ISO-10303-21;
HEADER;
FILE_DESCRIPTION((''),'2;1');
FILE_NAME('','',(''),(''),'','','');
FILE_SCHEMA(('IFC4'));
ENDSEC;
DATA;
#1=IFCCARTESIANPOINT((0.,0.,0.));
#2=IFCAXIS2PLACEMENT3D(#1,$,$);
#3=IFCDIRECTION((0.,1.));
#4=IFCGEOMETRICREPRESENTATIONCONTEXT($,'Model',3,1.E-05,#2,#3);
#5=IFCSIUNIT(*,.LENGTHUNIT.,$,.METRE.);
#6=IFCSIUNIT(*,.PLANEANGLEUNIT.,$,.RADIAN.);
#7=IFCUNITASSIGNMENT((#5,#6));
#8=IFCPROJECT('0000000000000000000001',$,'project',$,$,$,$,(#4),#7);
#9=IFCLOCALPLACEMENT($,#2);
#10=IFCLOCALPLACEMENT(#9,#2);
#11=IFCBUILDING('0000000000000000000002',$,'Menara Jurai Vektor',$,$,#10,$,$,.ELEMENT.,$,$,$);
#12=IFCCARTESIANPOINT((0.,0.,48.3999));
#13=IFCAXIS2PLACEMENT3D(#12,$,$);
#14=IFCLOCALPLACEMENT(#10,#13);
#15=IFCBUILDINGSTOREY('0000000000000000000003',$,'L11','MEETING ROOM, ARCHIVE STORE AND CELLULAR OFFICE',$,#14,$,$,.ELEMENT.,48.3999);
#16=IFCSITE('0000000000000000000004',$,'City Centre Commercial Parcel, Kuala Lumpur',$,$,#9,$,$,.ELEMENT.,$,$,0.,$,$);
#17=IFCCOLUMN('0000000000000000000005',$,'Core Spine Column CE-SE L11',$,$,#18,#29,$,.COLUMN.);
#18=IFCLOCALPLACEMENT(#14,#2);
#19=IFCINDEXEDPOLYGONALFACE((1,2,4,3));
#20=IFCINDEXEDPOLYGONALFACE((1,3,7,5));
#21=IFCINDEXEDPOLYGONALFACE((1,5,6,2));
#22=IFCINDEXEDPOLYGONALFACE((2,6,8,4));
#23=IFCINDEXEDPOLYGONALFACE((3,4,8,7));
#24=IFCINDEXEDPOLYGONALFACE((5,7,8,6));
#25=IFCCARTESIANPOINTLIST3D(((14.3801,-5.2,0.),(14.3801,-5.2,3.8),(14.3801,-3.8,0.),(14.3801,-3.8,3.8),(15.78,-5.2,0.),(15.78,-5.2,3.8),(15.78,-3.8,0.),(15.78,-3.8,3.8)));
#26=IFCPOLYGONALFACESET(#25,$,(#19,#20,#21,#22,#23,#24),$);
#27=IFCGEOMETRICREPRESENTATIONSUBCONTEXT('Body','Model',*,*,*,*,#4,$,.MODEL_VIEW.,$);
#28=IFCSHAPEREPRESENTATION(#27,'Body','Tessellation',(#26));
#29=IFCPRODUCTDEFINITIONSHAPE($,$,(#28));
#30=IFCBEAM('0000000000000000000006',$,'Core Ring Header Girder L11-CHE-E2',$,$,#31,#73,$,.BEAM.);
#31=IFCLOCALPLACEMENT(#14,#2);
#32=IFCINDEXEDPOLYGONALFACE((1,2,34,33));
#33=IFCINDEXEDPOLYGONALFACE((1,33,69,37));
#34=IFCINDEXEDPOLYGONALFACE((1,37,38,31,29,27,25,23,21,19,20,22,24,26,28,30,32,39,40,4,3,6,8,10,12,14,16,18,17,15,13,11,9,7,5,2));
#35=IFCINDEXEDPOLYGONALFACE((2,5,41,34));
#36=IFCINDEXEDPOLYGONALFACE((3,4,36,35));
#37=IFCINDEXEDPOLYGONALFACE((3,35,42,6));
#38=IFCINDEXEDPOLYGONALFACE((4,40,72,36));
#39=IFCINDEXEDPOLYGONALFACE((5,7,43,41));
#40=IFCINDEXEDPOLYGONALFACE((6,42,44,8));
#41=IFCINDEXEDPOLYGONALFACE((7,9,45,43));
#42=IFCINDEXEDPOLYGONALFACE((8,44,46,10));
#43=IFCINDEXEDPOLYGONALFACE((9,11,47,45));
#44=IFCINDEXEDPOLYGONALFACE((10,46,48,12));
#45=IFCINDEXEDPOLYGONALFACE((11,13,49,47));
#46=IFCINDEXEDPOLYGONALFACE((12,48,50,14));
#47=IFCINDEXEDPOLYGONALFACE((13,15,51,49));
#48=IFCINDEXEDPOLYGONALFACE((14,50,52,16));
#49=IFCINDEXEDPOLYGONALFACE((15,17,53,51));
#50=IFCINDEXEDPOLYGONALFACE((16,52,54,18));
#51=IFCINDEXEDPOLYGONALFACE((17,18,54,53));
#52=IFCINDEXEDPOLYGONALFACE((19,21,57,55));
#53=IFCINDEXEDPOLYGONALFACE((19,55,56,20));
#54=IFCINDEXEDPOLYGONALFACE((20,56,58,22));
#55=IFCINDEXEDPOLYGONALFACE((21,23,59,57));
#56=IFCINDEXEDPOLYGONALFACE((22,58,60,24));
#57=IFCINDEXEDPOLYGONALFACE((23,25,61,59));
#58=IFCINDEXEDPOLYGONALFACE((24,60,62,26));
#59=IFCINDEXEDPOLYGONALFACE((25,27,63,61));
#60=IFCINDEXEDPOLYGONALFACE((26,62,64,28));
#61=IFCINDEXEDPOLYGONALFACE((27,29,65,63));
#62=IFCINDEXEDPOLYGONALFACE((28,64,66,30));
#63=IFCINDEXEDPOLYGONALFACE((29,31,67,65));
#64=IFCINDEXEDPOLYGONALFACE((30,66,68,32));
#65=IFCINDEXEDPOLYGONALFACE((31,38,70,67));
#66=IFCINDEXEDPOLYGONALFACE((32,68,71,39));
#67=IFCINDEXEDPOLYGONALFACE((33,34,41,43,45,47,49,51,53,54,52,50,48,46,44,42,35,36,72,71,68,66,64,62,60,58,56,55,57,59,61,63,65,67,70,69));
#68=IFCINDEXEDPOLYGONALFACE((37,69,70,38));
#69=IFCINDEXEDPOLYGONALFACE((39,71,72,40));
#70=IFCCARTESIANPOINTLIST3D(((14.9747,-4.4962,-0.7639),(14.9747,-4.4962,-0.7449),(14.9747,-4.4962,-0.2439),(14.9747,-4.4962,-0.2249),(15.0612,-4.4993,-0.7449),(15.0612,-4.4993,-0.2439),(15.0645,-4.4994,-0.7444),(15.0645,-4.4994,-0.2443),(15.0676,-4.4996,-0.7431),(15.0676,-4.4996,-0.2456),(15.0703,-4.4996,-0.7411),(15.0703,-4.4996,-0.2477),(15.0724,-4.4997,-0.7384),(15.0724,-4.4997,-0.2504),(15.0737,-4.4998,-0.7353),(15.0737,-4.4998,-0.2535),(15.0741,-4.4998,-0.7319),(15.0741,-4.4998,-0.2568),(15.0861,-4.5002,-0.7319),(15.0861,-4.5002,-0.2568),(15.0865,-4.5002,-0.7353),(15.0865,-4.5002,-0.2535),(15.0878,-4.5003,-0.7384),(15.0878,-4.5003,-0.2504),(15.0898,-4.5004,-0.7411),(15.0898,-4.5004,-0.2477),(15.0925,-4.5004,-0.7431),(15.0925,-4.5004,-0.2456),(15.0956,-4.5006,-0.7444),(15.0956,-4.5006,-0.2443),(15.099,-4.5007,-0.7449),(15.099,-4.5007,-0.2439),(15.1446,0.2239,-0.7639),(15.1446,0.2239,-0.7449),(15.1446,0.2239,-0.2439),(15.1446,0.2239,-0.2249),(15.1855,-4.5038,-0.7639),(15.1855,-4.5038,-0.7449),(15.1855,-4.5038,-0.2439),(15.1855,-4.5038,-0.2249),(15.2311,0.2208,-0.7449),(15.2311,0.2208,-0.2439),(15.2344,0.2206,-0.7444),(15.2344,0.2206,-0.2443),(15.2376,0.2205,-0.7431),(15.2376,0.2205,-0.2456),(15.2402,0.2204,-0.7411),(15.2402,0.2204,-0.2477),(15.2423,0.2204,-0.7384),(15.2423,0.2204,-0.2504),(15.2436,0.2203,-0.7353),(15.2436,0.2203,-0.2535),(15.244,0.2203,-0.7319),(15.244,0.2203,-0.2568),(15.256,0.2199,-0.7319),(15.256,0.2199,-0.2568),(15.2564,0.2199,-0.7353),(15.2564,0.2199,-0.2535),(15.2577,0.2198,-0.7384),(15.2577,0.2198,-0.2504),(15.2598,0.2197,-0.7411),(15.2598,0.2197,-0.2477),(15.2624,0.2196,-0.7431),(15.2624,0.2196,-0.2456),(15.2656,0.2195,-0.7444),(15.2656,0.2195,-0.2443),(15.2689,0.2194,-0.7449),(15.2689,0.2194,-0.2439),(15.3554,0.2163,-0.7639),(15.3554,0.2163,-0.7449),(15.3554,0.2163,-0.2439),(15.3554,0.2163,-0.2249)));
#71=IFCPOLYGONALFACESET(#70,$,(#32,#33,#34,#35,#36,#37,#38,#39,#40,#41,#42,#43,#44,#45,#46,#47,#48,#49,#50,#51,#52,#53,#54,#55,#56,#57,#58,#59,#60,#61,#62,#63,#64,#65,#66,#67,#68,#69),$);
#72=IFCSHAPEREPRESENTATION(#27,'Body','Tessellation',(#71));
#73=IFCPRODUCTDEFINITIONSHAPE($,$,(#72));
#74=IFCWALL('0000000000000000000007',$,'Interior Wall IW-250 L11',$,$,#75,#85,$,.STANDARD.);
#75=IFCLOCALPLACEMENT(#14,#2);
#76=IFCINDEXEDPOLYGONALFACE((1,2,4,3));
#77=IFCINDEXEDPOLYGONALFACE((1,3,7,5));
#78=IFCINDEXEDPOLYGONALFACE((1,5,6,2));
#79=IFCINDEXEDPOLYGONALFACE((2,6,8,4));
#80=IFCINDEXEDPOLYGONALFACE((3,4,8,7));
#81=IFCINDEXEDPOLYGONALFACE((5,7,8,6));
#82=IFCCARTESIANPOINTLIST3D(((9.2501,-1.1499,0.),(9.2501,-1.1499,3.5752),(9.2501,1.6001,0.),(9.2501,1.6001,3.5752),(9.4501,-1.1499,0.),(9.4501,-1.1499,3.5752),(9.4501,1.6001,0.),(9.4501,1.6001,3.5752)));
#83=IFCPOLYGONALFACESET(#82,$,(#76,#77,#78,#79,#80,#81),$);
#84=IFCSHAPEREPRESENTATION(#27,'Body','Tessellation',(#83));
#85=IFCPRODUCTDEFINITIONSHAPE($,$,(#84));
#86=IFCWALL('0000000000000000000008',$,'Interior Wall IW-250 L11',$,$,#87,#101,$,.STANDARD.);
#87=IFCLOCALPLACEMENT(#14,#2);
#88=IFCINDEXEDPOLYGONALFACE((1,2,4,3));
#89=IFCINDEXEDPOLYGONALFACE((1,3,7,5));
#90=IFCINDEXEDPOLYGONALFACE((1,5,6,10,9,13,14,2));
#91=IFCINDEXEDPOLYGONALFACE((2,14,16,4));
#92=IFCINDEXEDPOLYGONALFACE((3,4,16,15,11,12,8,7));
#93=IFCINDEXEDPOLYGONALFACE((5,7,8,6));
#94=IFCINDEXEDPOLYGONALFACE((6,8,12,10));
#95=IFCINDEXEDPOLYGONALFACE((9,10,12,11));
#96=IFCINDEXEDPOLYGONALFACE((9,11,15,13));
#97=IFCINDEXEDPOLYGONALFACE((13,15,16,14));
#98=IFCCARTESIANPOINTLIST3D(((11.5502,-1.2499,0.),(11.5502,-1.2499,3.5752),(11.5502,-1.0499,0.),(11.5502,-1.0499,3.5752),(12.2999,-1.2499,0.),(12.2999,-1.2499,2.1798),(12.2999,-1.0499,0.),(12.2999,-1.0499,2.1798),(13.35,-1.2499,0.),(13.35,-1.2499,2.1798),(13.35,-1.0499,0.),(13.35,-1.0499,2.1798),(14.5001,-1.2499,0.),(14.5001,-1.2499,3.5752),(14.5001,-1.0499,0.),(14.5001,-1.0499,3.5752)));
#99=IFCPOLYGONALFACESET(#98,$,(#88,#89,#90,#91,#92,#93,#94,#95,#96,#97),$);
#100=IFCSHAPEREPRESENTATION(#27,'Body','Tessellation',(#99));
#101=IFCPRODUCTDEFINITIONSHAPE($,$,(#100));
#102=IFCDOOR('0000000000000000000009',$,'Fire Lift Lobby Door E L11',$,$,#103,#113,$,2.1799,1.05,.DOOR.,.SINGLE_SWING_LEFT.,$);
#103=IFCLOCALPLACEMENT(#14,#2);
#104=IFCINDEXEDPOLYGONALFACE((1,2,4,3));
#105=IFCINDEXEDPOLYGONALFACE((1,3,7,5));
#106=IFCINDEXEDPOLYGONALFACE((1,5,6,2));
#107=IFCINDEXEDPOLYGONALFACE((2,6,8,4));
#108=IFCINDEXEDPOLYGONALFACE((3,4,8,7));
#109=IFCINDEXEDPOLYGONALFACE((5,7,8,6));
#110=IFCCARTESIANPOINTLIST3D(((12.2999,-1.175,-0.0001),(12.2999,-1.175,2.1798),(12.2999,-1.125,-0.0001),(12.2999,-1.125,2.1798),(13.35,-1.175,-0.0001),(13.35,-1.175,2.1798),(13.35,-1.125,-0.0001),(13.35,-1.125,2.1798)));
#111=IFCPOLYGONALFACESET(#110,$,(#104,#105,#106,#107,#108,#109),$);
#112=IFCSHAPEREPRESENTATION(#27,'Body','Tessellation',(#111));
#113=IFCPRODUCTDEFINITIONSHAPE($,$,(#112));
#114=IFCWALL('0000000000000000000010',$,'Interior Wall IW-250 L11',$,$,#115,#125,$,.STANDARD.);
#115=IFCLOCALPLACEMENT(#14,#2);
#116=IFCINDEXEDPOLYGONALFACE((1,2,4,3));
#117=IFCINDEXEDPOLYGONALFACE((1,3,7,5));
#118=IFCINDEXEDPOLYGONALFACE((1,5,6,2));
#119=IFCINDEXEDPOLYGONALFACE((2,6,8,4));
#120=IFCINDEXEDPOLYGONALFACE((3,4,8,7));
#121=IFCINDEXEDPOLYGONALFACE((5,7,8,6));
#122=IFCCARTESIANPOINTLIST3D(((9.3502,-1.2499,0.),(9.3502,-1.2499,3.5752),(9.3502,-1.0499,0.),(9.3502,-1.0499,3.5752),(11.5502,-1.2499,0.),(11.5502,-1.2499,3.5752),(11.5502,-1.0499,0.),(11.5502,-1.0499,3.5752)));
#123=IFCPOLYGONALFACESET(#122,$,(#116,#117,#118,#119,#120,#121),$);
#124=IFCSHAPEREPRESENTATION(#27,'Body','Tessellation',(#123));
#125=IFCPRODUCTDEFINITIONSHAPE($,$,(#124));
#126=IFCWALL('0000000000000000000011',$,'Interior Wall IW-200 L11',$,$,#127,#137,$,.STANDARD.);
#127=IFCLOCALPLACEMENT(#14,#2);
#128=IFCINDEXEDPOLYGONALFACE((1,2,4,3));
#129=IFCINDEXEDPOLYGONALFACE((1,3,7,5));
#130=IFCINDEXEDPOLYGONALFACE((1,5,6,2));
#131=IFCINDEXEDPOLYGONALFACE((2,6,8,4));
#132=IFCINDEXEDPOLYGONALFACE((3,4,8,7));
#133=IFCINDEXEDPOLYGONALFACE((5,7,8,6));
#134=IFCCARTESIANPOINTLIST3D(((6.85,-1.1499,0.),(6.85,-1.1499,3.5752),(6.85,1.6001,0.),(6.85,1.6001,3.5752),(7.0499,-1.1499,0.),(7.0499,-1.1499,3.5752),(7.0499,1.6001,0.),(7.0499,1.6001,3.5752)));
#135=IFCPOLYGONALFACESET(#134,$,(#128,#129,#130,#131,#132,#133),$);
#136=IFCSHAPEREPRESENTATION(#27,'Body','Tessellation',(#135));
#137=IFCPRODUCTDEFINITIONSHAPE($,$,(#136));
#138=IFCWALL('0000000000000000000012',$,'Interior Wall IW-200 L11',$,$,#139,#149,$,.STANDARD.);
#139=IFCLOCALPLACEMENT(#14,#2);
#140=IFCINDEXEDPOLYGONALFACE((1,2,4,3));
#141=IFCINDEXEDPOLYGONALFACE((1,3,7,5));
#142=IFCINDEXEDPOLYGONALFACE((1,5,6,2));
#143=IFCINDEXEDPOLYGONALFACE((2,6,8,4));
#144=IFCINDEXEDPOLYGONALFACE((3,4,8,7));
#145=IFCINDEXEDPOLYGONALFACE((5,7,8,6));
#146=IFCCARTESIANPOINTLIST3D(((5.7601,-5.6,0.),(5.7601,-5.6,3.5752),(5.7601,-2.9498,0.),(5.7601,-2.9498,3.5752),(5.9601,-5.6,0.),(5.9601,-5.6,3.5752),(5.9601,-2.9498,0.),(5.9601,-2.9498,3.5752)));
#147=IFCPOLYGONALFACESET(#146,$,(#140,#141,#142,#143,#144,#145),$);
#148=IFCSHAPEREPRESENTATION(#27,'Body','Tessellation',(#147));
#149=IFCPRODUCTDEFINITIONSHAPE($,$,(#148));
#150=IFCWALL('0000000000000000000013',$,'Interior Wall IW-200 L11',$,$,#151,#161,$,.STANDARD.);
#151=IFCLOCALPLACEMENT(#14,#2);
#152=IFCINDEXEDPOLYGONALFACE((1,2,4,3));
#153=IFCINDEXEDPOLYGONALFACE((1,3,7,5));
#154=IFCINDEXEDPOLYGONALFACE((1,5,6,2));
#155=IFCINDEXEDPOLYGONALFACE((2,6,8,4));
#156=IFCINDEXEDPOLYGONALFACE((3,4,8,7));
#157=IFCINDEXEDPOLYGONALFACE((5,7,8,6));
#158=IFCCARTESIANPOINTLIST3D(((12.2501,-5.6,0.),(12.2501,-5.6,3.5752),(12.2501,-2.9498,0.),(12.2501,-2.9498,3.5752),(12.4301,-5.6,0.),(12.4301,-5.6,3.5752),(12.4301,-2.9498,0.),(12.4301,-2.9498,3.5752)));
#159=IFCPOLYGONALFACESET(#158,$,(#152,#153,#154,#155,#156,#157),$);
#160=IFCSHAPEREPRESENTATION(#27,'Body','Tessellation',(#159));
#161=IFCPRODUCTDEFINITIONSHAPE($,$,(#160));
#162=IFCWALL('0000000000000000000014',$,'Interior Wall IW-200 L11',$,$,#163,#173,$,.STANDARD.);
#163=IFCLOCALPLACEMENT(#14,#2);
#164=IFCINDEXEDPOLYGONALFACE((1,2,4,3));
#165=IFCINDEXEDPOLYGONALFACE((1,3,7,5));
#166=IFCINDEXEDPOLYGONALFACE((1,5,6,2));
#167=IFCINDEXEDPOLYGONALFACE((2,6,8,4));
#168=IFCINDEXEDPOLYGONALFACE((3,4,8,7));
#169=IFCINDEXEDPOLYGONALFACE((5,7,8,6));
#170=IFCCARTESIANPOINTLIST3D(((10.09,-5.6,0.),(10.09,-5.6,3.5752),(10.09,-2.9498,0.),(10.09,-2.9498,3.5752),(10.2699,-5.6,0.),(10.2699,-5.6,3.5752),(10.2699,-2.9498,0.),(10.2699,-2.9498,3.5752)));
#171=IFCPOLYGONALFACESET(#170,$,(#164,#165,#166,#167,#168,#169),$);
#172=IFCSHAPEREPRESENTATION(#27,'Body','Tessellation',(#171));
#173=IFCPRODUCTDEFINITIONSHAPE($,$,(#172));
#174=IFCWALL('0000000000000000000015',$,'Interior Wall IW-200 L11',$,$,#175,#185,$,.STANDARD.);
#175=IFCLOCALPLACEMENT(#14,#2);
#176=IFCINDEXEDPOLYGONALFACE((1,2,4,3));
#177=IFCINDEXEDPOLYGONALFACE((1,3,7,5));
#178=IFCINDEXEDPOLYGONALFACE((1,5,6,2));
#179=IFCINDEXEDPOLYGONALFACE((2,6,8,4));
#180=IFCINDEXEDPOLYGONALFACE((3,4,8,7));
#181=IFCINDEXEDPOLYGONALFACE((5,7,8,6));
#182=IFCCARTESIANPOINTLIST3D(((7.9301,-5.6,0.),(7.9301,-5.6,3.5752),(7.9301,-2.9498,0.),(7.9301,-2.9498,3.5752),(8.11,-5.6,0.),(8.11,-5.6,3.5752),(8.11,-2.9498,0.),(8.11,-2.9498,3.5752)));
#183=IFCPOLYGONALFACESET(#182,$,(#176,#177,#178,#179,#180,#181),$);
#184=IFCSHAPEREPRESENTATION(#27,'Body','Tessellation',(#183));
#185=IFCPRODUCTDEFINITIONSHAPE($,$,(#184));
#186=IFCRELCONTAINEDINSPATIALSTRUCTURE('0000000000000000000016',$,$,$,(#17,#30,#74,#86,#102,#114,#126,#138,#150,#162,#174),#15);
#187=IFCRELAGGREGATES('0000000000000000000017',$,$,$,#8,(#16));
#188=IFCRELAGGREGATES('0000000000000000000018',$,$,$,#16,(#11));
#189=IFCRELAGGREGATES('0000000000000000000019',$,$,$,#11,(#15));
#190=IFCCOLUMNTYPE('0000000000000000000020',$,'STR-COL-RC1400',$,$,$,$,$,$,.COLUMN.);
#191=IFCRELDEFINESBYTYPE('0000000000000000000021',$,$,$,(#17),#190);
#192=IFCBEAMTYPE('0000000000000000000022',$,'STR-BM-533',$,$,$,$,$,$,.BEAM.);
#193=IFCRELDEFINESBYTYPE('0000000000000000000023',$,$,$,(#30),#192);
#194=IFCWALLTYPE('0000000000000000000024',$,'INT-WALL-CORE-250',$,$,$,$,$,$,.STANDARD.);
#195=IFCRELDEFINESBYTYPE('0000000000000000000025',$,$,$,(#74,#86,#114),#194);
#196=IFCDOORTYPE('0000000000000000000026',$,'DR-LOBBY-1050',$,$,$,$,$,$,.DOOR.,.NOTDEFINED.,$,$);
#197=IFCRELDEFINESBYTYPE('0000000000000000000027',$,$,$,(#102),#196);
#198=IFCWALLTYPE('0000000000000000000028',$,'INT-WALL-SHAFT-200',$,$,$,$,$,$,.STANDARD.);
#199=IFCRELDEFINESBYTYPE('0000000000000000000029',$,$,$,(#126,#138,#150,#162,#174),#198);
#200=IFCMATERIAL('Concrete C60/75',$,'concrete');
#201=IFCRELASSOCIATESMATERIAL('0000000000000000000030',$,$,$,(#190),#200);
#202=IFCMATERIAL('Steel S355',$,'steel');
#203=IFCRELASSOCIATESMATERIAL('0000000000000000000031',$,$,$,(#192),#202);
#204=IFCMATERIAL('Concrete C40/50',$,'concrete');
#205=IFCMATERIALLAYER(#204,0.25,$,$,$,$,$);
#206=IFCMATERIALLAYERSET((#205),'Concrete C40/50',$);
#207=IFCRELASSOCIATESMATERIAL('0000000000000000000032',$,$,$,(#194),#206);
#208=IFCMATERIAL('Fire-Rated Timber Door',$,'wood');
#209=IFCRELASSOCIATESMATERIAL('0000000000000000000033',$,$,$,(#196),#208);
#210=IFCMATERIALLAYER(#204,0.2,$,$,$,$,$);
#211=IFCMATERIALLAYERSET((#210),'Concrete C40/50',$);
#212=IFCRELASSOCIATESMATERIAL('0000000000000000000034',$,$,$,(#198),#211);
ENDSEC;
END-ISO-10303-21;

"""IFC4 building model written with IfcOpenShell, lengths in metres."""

from ifc_helpers import new_model, si_unit, direction, frame, frame_2d, origin, origin_2d, place, context, subcontext, project, spatial, rectangle, i_section, extrude, material, layer, layer_set, material_profile, profile_set, type_object, element, fill, save


model = new_model("IFC4")

# Units and contexts
model_context = context("Model", 3, precision=1e-05, world=origin(), true_north=direction((0.0, 1.0)))
body_context = subcontext(model_context, "Body", "Model", "MODEL_VIEW")
ifc_project = project(units=[si_unit("LENGTHUNIT", "METRE"), si_unit("PLANEANGLEUNIT", "RADIAN")], contexts=[model_context])

# Site, building, storey
site_placement = place(None, origin())
site = spatial("IfcSite", under=ifc_project, at=site_placement, Name="City Centre Commercial Parcel, Kuala Lumpur", CompositionType="ELEMENT", RefElevation=0.0)
building_placement = place(site_placement, origin())
building = spatial("IfcBuilding", under=site, at=building_placement, Name="Menara Jurai Vektor", CompositionType="ELEMENT")
storey_placement = place(building_placement, frame((0.0, 0.0, 48.3999)))
storey = spatial("IfcBuildingStorey", under=building, at=storey_placement, Name="L11", Description="MEETING ROOM, ARCHIVE STORE AND CELLULAR OFFICE", CompositionType="ELEMENT", Elevation=48.3999)

# Column
ifc_material_1 = material(Name="Concrete C60/75", Category="concrete")
ifc_material_profile_1 = material_profile(ifc_material_1, rectangle(XDim=1.3999, YDim=1.3999, at=origin_2d()), Name="RC 1400x1400")
ifc_profile_set_1 = profile_set([ifc_material_profile_1], Name="Concrete C60/75")
column_type = type_object("IfcColumnType", Name="STR-COL-RC1400", PredefinedType="COLUMN", material=ifc_profile_set_1)
column_placement = place(storey_placement, frame((15.0801, -4.5, 0.0), z_axis=(0.0, 0.0, 1.0), x_axis=(1.0, 0.0, 0.0)))
element("IfcColumn", 1, at=column_placement, inside=storey, type_object=column_type, Name="Core Spine Column CE-SE L11", PredefinedType="COLUMN", context=body_context, shape_type="SweptSolid", body=[
    extrude(rectangle(XDim=1.3999, YDim=1.3999, at=origin_2d()), origin(), (0.0, 0.0, 1.0), 3.8),
])

# Beam
ifc_material_2 = material(Name="Steel S355", Category="steel")
ifc_material_profile_2 = material_profile(ifc_material_2, i_section(OverallWidth=0.2109, OverallDepth=0.5391, WebThickness=0.012, FlangeThickness=0.019, FilletRadius=0.0129, at=origin_2d()), Name="UKB 533x210x109")
ifc_profile_set_2 = profile_set([ifc_material_profile_2], Name="Steel S355")
beam_type = type_object("IfcBeamType", Name="STR-BM-533", PredefinedType="BEAM", material=ifc_profile_set_2)
beam_placement = place(storey_placement, frame((15.0801, -4.5, -0.4944), z_axis=(0.035977, 0.999353, 0.0), x_axis=(-0.999353, 0.035977, 0.0)))
element("IfcBeam", 2, at=beam_placement, inside=storey, type_object=beam_type, Name="Core Ring Header Girder L11-CHE-E2", PredefinedType="BEAM", context=body_context, shape_type="SweptSolid", body=[
    extrude(i_section(OverallWidth=0.2109, OverallDepth=0.5391, WebThickness=0.012, FlangeThickness=0.019, FilletRadius=0.0129, at=origin_2d()), origin(), (0.0, 0.0, 1.0), 4.7231),
])

# Shared definitions
ifc_material_3 = material(Name="Concrete C40/50", Category="concrete")
ifc_layer_1 = layer(ifc_material_3, 0.25)
ifc_layer_set_1 = layer_set([ifc_layer_1], Name="Concrete C40/50")
wall_type_1 = type_object("IfcWallType", Name="INT-WALL-CORE-250", PredefinedType="STANDARD", material=ifc_layer_set_1)

# Wall
wall_1_placement = place(storey_placement, frame((9.3501, -1.1499, 0.0), z_axis=(0.0, 0.0, 1.0), x_axis=(0.0, 1.0, 0.0)))
element("IfcWall", 3, at=wall_1_placement, inside=storey, type_object=wall_type_1, Name="Interior Wall IW-250 L11", PredefinedType="STANDARD", context=body_context, shape_type="SweptSolid", body=[
    extrude(rectangle(XDim=2.75, YDim=0.2, at=frame_2d((1.375, 0.0))), origin(), (0.0, 0.0, 1.0), 3.5752),
])

# Wall, opening, door
wall_2_placement = place(storey_placement, frame((11.55, -1.1499, 0.0), z_axis=(0.0, 0.0, 1.0), x_axis=(1.0, 0.0, 0.0)))
wall_2 = element("IfcWall", 4, at=wall_2_placement, inside=storey, type_object=wall_type_1, Name="Interior Wall IW-250 L11", PredefinedType="STANDARD", context=body_context, shape_type="SweptSolid", body=[
    extrude(rectangle(XDim=2.95, YDim=0.2, at=frame_2d((1.4751, 0.0))), origin(), (0.0, 0.0, 1.0), 3.5752),
])
opening_1_placement = place(wall_2_placement, frame((0.75, 0.0, 0.0)))
opening_1 = element("IfcOpeningElement", 5, at=opening_1_placement, cuts=wall_2, PredefinedType="OPENING", context=body_context, shape_type="SweptSolid", body=[
    extrude(rectangle(XDim=1.05, YDim=2.1799, at=frame_2d((0.5249, 1.0898))), frame((0.0, 0.1099, 0.0), z_axis=(0.0, -1.0, 0.0), x_axis=(1.0, 0.0, 0.0)), (0.0, 0.0, 1.0), 0.22),
])
ifc_material_4 = material(Name="Fire-Rated Timber Door", Category="wood")
door_type_1 = type_object("IfcDoorType", Name="DR-LOBBY-1050", OperationType="NOTDEFINED", PredefinedType="DOOR", material=ifc_material_4)
door_1_placement = place(opening_1_placement, origin())
door_1 = element("IfcDoor", 6, at=door_1_placement, inside=storey, type_object=door_type_1, Name="Fire Lift Lobby Door E L11", OperationType="SINGLE_SWING_LEFT", OverallHeight=2.1799, OverallWidth=1.05, PredefinedType="DOOR", context=body_context, shape_type="SweptSolid", body=[
    extrude(rectangle(XDim=1.05, YDim=2.1799, at=frame_2d((0.5249, 1.0898))), frame((0.0, 0.0249, 0.0), z_axis=(0.0, -1.0, 0.0), x_axis=(1.0, 0.0, 0.0)), (0.0, 0.0, 1.0), 0.05),
])
fill(opening_1, door_1)

# Walls
wall_3_placement = place(storey_placement, frame((9.3501, -1.1499, 0.0), z_axis=(0.0, 0.0, 1.0), x_axis=(1.0, 0.0, 0.0)))
element("IfcWall", 7, at=wall_3_placement, inside=storey, type_object=wall_type_1, Name="Interior Wall IW-250 L11", PredefinedType="STANDARD", context=body_context, shape_type="SweptSolid", body=[
    extrude(rectangle(XDim=2.2, YDim=0.2, at=frame_2d((1.1001, 0.0))), origin(), (0.0, 0.0, 1.0), 3.5752),
])
ifc_layer_2 = layer(ifc_material_3, 0.2)
ifc_layer_set_2 = layer_set([ifc_layer_2], Name="Concrete C40/50")
wall_type_2 = type_object("IfcWallType", Name="INT-WALL-SHAFT-200", PredefinedType="STANDARD", material=ifc_layer_set_2)
wall_4_placement = place(storey_placement, frame((6.95, -1.1499, 0.0), z_axis=(0.0, 0.0, 1.0), x_axis=(0.0, 1.0, 0.0)))
element("IfcWall", 8, at=wall_4_placement, inside=storey, type_object=wall_type_2, Name="Interior Wall IW-200 L11", PredefinedType="STANDARD", context=body_context, shape_type="SweptSolid", body=[
    extrude(rectangle(XDim=2.75, YDim=0.2, at=frame_2d((1.375, 0.0))), origin(), (0.0, 0.0, 1.0), 3.5752),
])

# Walls
wall_5_placement = place(storey_placement, frame((5.8601, -5.6001, 0.0), z_axis=(0.0, 0.0, 1.0), x_axis=(0.0, 1.0, 0.0)))
element("IfcWall", 9, at=wall_5_placement, inside=storey, type_object=wall_type_2, Name="Interior Wall IW-200 L11", PredefinedType="STANDARD", context=body_context, shape_type="SweptSolid", body=[
    extrude(rectangle(XDim=2.6501, YDim=0.2, at=frame_2d((1.3252, 0.0))), origin(), (0.0, 0.0, 1.0), 3.5752),
])
for number, where, z_axis, x_axis, name in (
    (10, (12.3401, -5.6001, 0.0), (0.0, 0.0, 1.0), (0.0, 1.0, 0.0), "Interior Wall IW-200 L11"),
    (11, (10.1799, -5.6001, 0.0), (0.0, 0.0, 1.0), (0.0, 1.0, 0.0), "Interior Wall IW-200 L11"),
    (12, (8.02, -5.6001, 0.0), (0.0, 0.0, 1.0), (0.0, 1.0, 0.0), "Interior Wall IW-200 L11"),
):
    element("IfcWall", number, at=place(storey_placement, frame(where, z_axis=z_axis, x_axis=x_axis)), inside=storey, type_object=wall_type_2, Name=name, PredefinedType="STANDARD", context=body_context, shape_type="SweptSolid", body=[
        extrude(rectangle(XDim=2.6501, YDim=0.1799, at=frame_2d((1.3252, 0.0))), origin(), (0.0, 0.0, 1.0), 3.5752),
    ])

save(model, "model.ifc")
